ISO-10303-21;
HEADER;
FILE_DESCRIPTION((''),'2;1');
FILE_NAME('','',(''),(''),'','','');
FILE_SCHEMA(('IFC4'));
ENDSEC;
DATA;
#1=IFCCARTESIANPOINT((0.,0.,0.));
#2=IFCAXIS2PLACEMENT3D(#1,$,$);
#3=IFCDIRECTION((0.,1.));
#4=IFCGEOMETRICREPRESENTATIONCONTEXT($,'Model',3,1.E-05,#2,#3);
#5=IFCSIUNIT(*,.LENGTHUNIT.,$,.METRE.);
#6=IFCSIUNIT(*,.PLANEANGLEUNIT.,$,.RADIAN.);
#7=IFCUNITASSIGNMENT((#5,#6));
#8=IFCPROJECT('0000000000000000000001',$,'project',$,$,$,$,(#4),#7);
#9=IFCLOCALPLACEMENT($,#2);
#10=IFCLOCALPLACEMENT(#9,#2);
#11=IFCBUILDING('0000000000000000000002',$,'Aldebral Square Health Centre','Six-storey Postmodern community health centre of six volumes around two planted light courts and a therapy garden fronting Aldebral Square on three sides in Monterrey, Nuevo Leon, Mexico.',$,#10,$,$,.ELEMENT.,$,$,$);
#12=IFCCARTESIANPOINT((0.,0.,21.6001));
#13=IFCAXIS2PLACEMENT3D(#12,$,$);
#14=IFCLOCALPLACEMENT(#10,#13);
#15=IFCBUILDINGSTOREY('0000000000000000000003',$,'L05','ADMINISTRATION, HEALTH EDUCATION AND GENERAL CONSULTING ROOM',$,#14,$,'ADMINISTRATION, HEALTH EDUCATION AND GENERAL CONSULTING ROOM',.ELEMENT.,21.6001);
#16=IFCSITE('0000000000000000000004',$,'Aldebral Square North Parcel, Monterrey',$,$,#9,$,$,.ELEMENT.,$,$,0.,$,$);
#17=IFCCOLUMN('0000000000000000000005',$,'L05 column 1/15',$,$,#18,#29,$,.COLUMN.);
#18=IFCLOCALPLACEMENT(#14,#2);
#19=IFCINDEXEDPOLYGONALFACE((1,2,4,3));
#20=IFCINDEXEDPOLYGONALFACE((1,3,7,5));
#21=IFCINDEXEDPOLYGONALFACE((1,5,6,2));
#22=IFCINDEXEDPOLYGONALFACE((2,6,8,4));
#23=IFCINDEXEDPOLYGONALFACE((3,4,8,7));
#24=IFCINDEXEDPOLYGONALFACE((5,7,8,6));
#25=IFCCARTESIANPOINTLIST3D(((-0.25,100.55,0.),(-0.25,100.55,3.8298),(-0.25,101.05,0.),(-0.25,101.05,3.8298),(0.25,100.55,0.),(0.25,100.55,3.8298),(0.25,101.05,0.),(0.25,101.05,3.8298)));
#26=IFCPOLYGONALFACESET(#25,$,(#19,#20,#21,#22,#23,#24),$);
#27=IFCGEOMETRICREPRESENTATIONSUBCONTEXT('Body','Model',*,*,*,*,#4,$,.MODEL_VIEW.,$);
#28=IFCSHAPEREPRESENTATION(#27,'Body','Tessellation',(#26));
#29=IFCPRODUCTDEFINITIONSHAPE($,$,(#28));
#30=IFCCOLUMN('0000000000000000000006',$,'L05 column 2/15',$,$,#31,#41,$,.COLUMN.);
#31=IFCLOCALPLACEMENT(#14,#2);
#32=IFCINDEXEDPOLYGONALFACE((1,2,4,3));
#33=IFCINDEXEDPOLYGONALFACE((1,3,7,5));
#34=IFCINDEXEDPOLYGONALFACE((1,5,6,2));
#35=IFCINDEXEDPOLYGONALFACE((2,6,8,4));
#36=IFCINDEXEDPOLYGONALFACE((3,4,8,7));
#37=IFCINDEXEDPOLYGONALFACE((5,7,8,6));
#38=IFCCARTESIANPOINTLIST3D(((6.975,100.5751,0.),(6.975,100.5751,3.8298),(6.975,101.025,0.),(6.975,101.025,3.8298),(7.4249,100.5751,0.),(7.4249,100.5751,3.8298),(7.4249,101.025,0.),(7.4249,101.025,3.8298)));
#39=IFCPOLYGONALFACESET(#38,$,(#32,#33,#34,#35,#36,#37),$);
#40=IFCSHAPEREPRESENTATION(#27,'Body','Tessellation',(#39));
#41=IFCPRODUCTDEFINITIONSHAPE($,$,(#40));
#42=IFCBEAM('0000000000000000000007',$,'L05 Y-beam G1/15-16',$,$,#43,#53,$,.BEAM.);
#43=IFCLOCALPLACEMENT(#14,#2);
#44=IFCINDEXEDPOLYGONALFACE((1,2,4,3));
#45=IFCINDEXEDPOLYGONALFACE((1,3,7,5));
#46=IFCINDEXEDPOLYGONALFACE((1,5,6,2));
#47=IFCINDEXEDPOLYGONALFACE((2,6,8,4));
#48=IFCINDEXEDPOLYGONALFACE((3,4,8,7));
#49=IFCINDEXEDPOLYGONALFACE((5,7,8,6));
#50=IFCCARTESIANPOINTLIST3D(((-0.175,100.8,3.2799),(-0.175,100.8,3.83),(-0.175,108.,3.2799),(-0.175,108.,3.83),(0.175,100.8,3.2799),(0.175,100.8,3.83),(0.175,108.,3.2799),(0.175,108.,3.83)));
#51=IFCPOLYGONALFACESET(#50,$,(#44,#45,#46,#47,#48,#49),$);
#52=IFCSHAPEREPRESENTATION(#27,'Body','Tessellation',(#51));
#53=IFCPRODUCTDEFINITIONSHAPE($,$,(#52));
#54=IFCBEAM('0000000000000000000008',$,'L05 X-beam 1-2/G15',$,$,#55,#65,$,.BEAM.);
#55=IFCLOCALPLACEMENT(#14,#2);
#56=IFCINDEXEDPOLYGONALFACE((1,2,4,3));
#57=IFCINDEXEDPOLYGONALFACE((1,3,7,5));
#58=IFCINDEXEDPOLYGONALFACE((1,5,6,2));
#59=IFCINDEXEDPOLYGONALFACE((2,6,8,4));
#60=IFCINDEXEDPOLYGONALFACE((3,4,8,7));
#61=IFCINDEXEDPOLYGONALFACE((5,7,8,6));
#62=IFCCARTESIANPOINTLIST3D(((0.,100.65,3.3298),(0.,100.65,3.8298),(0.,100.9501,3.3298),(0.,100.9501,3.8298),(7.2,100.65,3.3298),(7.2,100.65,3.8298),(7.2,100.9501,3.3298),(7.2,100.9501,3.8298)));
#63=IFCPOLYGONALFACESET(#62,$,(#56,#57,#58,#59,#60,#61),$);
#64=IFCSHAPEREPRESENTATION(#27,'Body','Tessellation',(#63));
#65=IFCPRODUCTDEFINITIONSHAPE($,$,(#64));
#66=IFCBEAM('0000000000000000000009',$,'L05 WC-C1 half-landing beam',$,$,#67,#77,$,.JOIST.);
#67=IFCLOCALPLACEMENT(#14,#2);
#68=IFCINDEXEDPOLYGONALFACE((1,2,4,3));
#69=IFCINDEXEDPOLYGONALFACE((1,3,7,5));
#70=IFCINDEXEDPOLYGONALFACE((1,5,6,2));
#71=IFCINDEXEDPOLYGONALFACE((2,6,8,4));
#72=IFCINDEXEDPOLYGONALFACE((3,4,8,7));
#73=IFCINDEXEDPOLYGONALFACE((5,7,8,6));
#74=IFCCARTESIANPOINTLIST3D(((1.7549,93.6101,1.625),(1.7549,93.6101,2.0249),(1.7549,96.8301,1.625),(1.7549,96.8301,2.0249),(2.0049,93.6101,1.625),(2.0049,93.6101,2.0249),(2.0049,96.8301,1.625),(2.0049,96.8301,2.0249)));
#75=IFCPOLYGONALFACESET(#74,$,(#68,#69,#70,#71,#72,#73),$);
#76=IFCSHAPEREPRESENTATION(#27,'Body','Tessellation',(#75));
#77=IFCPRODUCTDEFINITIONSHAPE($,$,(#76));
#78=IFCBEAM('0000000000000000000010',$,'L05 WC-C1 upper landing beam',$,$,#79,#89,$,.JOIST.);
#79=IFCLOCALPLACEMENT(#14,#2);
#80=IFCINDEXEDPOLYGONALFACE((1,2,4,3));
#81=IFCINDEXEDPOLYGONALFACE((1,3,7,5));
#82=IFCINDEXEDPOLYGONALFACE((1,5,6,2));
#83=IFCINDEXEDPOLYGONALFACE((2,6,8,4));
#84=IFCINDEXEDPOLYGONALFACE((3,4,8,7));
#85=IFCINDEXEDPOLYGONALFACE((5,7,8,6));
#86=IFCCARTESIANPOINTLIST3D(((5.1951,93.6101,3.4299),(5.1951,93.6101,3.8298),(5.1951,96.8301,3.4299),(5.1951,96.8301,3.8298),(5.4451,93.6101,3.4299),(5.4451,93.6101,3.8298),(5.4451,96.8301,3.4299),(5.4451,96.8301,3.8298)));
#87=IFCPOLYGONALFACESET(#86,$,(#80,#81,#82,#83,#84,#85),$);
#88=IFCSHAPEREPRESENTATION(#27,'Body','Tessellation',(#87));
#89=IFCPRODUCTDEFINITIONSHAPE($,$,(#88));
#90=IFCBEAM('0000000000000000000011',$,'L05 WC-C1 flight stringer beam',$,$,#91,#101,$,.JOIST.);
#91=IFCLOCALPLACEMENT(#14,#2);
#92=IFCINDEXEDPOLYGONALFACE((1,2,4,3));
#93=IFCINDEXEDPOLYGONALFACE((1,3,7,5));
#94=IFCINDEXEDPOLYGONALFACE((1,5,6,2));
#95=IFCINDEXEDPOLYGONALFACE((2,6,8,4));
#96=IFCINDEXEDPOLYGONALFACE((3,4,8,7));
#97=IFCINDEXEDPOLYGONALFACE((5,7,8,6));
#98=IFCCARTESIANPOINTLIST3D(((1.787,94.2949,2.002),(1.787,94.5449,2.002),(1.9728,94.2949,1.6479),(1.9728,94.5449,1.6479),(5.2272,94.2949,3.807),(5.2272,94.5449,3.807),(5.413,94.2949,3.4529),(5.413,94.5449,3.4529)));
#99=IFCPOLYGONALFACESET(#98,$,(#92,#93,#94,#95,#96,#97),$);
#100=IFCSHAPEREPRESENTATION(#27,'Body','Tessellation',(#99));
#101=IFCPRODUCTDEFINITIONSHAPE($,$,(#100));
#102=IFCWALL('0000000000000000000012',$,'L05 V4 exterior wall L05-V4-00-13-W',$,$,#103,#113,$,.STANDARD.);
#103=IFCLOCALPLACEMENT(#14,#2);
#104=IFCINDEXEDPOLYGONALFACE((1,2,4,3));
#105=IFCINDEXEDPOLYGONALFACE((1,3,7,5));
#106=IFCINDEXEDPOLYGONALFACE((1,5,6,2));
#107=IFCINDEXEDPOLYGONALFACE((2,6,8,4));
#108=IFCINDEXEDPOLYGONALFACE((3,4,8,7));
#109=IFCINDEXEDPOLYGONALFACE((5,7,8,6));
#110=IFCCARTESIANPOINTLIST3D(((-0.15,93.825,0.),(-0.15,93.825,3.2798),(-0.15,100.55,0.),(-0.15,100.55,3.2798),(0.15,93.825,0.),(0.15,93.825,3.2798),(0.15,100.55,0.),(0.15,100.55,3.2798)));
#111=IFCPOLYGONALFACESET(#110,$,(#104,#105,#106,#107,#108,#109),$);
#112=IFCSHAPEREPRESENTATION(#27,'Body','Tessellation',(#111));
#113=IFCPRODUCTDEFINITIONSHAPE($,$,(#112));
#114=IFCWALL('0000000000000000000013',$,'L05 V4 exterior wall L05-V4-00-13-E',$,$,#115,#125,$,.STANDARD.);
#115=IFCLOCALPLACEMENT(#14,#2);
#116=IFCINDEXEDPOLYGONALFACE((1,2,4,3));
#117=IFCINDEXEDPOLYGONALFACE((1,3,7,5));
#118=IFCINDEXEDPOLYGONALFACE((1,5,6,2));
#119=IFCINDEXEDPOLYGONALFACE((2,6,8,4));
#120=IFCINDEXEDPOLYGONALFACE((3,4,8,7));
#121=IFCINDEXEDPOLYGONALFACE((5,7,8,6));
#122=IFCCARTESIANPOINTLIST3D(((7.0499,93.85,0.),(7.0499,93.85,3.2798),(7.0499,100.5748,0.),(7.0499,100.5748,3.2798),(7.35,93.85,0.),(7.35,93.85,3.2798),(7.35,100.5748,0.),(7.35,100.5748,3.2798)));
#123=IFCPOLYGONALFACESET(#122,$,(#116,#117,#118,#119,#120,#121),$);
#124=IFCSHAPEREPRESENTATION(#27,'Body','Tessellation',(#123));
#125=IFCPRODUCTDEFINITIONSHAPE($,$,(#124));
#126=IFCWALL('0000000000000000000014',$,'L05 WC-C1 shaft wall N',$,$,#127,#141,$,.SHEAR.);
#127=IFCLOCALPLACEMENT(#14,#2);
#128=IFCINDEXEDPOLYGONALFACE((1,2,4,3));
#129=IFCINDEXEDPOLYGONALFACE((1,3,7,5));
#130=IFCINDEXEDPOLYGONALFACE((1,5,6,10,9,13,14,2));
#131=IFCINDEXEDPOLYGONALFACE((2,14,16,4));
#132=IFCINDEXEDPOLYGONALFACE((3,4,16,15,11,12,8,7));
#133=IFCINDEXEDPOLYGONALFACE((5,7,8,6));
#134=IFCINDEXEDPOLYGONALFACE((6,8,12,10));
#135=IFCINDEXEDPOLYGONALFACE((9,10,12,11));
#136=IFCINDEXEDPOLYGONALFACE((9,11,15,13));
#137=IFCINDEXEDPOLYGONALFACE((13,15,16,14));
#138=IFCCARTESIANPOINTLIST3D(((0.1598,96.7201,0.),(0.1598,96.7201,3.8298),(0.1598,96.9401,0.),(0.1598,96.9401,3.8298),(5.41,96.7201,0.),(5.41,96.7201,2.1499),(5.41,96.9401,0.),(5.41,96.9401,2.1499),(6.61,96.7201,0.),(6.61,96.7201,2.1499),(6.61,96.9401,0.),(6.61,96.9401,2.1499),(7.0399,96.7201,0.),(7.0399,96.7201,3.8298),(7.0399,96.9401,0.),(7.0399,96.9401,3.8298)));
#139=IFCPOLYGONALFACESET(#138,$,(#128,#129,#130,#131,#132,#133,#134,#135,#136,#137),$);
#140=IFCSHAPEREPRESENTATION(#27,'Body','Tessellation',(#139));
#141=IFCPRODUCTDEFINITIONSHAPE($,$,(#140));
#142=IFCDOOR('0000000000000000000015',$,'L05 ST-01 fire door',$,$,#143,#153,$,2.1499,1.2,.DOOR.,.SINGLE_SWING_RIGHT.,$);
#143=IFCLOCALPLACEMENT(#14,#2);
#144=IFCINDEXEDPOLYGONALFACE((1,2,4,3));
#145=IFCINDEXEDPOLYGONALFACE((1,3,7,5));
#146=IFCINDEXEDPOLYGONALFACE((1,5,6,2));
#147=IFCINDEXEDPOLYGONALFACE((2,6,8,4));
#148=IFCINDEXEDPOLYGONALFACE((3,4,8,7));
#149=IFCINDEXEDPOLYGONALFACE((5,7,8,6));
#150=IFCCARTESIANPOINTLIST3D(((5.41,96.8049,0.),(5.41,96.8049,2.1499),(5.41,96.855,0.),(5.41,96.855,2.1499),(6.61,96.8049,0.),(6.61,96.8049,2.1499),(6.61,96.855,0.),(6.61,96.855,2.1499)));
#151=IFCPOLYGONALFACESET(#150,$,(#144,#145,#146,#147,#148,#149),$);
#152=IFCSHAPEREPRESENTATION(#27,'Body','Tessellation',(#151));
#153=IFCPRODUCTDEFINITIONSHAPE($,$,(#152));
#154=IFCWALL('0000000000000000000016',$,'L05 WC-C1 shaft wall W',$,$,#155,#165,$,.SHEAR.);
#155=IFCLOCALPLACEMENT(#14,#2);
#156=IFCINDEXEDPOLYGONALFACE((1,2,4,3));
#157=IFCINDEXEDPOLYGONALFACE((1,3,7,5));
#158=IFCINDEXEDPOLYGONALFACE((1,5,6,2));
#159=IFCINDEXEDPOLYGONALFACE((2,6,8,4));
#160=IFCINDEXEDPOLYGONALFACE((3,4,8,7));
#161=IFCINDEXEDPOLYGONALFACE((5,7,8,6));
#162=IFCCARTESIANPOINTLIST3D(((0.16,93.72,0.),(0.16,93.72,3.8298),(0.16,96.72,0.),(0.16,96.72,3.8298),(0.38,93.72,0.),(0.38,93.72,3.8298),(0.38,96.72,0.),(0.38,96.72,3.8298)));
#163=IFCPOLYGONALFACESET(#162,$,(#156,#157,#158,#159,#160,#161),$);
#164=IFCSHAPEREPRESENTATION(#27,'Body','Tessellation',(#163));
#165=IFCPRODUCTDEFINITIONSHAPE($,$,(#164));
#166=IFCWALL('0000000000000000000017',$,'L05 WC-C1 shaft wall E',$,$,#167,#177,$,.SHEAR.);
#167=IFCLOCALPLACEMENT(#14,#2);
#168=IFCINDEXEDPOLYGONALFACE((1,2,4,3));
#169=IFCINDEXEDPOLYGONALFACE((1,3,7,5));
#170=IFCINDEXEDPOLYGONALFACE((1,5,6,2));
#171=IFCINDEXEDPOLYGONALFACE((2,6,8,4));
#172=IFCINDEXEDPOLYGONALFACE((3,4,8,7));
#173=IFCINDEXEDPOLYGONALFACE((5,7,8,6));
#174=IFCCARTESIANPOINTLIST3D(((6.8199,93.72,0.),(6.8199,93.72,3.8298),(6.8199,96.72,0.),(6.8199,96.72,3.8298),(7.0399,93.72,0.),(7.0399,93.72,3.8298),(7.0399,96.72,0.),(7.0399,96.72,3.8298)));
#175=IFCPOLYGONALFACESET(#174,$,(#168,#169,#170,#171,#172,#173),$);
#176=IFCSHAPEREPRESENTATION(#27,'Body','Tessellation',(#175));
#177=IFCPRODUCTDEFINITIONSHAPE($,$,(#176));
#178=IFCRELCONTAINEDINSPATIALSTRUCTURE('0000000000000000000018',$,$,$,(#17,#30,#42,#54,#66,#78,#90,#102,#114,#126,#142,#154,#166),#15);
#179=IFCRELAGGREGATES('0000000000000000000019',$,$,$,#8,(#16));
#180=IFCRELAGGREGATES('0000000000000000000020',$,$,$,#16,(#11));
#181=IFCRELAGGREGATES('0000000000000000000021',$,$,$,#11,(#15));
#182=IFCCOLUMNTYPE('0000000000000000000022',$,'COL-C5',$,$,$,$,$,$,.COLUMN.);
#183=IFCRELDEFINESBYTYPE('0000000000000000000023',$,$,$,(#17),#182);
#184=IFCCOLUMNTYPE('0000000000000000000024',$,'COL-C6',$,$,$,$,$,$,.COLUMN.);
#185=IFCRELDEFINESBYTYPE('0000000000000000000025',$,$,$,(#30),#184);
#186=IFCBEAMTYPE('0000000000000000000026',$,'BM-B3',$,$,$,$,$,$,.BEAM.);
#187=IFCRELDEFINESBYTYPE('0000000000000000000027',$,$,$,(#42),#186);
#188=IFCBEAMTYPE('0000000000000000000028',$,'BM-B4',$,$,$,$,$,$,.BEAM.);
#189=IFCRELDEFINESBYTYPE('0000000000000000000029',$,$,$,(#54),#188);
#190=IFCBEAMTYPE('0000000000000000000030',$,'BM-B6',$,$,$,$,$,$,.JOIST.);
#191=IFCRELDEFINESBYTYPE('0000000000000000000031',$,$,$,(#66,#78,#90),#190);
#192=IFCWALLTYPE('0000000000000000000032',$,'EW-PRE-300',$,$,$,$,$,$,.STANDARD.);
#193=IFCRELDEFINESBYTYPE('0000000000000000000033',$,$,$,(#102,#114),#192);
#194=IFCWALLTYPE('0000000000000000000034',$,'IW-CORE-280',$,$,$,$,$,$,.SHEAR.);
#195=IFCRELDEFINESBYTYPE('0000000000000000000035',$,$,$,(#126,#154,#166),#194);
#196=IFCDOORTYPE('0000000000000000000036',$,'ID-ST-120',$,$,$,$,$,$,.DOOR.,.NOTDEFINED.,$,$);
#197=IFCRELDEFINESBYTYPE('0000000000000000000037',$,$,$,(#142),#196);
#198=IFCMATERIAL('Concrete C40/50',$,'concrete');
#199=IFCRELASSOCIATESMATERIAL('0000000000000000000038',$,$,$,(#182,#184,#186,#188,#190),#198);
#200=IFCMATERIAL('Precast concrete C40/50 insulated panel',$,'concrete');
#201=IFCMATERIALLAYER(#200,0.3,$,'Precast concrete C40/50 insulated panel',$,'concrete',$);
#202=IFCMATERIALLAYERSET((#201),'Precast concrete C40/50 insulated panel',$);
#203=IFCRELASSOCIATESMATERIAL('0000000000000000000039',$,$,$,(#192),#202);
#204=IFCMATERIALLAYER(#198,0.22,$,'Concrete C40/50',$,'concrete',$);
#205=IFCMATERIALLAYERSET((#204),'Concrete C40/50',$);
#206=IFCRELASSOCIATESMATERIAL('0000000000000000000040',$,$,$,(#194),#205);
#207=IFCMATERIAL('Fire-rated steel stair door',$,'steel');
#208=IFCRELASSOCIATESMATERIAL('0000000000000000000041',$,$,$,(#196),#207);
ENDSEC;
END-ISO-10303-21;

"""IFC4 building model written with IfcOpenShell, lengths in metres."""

from ifc_helpers import new_model, si_unit, direction, frame, frame_2d, origin, origin_2d, place, context, subcontext, project, spatial, rectangle, extrude, material, layer, layer_set, material_profile, profile_set, type_object, element, fill, save


model = new_model("IFC4")

# Units and contexts
model_context = context("Model", 3, precision=1e-05, world=origin(), true_north=direction((0.0, 1.0)))
body_context = subcontext(model_context, "Body", "Model", "MODEL_VIEW")
ifc_project = project(units=[si_unit("LENGTHUNIT", "METRE"), si_unit("PLANEANGLEUNIT", "RADIAN")], contexts=[model_context])

# Site, building, storey
site_placement = place(None, origin())
site = spatial("IfcSite", under=ifc_project, at=site_placement, Name="Aldebral Square North Parcel, Monterrey", CompositionType="ELEMENT", RefElevation=0.0)
building_placement = place(site_placement, origin())
building = spatial("IfcBuilding", under=site, at=building_placement, Name="Aldebral Square Health Centre", Description="Six-storey Postmodern community health centre of six volumes around two planted light courts and a therapy garden fronting Aldebral Square on three sides in Monterrey, Nuevo Leon, Mexico.", CompositionType="ELEMENT")
storey_placement = place(building_placement, frame((0.0, 0.0, 21.6001)))
storey = spatial("IfcBuildingStorey", under=building, at=storey_placement, Name="L05", Description="ADMINISTRATION, HEALTH EDUCATION AND GENERAL CONSULTING ROOM", LongName="ADMINISTRATION, HEALTH EDUCATION AND GENERAL CONSULTING ROOM", CompositionType="ELEMENT", Elevation=21.6001)

# Columns
ifc_material_1 = material(Name="Concrete C40/50", Category="concrete")
ifc_material_profile_1 = material_profile(ifc_material_1, rectangle(XDim=0.5, YDim=0.5, at=origin_2d()), Name="RC 500x500")
ifc_profile_set_1 = profile_set([ifc_material_profile_1], Name="Concrete C40/50")
column_type_1 = type_object("IfcColumnType", Name="COL-C5", PredefinedType="COLUMN", material=ifc_profile_set_1)
column_1_placement = place(storey_placement, frame((0.0, 100.8, 0.0), z_axis=(0.0, 0.0, 1.0), x_axis=(1.0, 0.0, 0.0)))
element("IfcColumn", 1, at=column_1_placement, inside=storey, type_object=column_type_1, Name="L05 column 1/15", PredefinedType="COLUMN", context=body_context, shape_type="SweptSolid", body=[
    extrude(rectangle(XDim=0.5, YDim=0.5, at=origin_2d()), origin(), (0.0, 0.0, 1.0), 3.8298),
])
ifc_material_profile_2 = material_profile(ifc_material_1, rectangle(XDim=0.45, YDim=0.45, at=origin_2d()), Name="RC 450x450")
ifc_profile_set_2 = profile_set([ifc_material_profile_2], Name="Concrete C40/50")
column_type_2 = type_object("IfcColumnType", Name="COL-C6", PredefinedType="COLUMN", material=ifc_profile_set_2)
column_2_placement = place(storey_placement, frame((7.2, 100.8, 0.0), z_axis=(0.0, 0.0, 1.0), x_axis=(1.0, 0.0, 0.0)))
element("IfcColumn", 2, at=column_2_placement, inside=storey, type_object=column_type_2, Name="L05 column 2/15", PredefinedType="COLUMN", context=body_context, shape_type="SweptSolid", body=[
    extrude(rectangle(XDim=0.45, YDim=0.45, at=origin_2d()), origin(), (0.0, 0.0, 1.0), 3.8298),
])

# Beams
ifc_material_profile_3 = material_profile(ifc_material_1, rectangle(XDim=0.3501, YDim=0.55, at=origin_2d()), Name="RC 350x550")
ifc_profile_set_3 = profile_set([ifc_material_profile_3], Name="Concrete C40/50")
beam_type_1 = type_object("IfcBeamType", Name="BM-B3", PredefinedType="BEAM", material=ifc_profile_set_3)
beam_1_placement = place(storey_placement, frame((0.0, 100.8, 3.5549), z_axis=(0.0, 1.0, 0.0), x_axis=(-1.0, 0.0, 0.0)))
element("IfcBeam", 3, at=beam_1_placement, inside=storey, type_object=beam_type_1, Name="L05 Y-beam G1/15-16", PredefinedType="BEAM", context=body_context, shape_type="SweptSolid", body=[
    extrude(rectangle(XDim=0.3501, YDim=0.55, at=origin_2d()), origin(), (0.0, 0.0, 1.0), 7.2),
])
ifc_material_profile_4 = material_profile(ifc_material_1, rectangle(XDim=0.3, YDim=0.5, at=origin_2d()), Name="RC 300x500")
ifc_profile_set_4 = profile_set([ifc_material_profile_4], Name="Concrete C40/50")
beam_type_2 = type_object("IfcBeamType", Name="BM-B4", PredefinedType="BEAM", material=ifc_profile_set_4)
beam_2_placement = place(storey_placement, frame((0.0, 100.8, 3.5798), z_axis=(1.0, 0.0, 0.0), x_axis=(0.0, 1.0, 0.0)))
element("IfcBeam", 4, at=beam_2_placement, inside=storey, type_object=beam_type_2, Name="L05 X-beam 1-2/G15", PredefinedType="BEAM", context=body_context, shape_type="SweptSolid", body=[
    extrude(rectangle(XDim=0.3, YDim=0.5, at=origin_2d()), origin(), (0.0, 0.0, 1.0), 7.2),
])
ifc_material_profile_5 = material_profile(ifc_material_1, rectangle(XDim=0.25, YDim=0.3999, at=origin_2d()), Name="RC 250x400")
ifc_profile_set_5 = profile_set([ifc_material_profile_5], Name="Concrete C40/50")
beam_type_3 = type_object("IfcBeamType", Name="BM-B6", PredefinedType="JOIST", material=ifc_profile_set_5)
for number, where, z_axis, x_axis, name in (
    (5, (1.8799, 93.6101, 1.825), (0.0, 1.0, 0.0), (-1.0, 0.0, 0.0), "L05 WC-C1 half-landing beam"),
    (6, (5.3201, 93.6101, 3.6299), (0.0, 1.0, 0.0), (-1.0, 0.0, 0.0), "L05 WC-C1 upper landing beam"),
):
    element("IfcBeam", number, at=place(storey_placement, frame(where, z_axis=z_axis, x_axis=x_axis)), inside=storey, type_object=beam_type_3, Name=name, PredefinedType="JOIST", context=body_context, shape_type="SweptSolid", body=[
        extrude(rectangle(XDim=0.25, YDim=0.3999, at=origin_2d()), origin(), (0.0, 0.0, 1.0), 3.22),
    ])
beam_3_placement = place(storey_placement, frame((1.8799, 94.4199, 1.825), z_axis=(0.885521, 0.0, 0.464599), x_axis=(0.0, 1.0, 0.0)))
element("IfcBeam", 7, at=beam_3_placement, inside=storey, type_object=beam_type_3, Name="L05 WC-C1 flight stringer beam", PredefinedType="JOIST", context=body_context, shape_type="SweptSolid", body=[
    extrude(rectangle(XDim=0.25, YDim=0.3999, at=origin_2d()), origin(), (0.0, 0.0, 1.0), 3.885),
])

# Walls
ifc_material_2 = material(Name="Precast concrete C40/50 insulated panel", Category="concrete")
ifc_layer_1 = layer(ifc_material_2, 0.3, Name="Precast concrete C40/50 insulated panel", Category="concrete")
ifc_layer_set_1 = layer_set([ifc_layer_1], Name="Precast concrete C40/50 insulated panel")
wall_type_1 = type_object("IfcWallType", Name="EW-PRE-300", PredefinedType="STANDARD", material=ifc_layer_set_1)
wall_1_placement = place(storey_placement, frame((0.0, 100.55, 0.0), z_axis=(0.0, 0.0, 1.0), x_axis=(0.0, -1.0, 0.0)))
element("IfcWall", 8, at=wall_1_placement, inside=storey, type_object=wall_type_1, Name="L05 V4 exterior wall L05-V4-00-13-W", PredefinedType="STANDARD", context=body_context, shape_type="SweptSolid", body=[
    extrude(rectangle(XDim=6.7251, YDim=0.3, at=frame_2d((3.3625, 0.0))), origin(), (0.0, 0.0, 1.0), 3.2798),
])
wall_2_placement = place(storey_placement, frame((7.2, 93.8501, 0.0), z_axis=(0.0, 0.0, 1.0), x_axis=(0.0, 1.0, 0.0)))
element("IfcWall", 9, at=wall_2_placement, inside=storey, type_object=wall_type_1, Name="L05 V4 exterior wall L05-V4-00-13-E", PredefinedType="STANDARD", context=body_context, shape_type="SweptSolid", body=[
    extrude(rectangle(XDim=6.7249, YDim=0.3, at=frame_2d((3.3623, 0.0))), origin(), (0.0, 0.0, 1.0), 3.2798),
])

# Wall, opening, door
ifc_layer_2 = layer(ifc_material_1, 0.22, Name="Concrete C40/50", Category="concrete")
ifc_layer_set_2 = layer_set([ifc_layer_2], Name="Concrete C40/50")
wall_type_2 = type_object("IfcWallType", Name="IW-CORE-280", PredefinedType="SHEAR", material=ifc_layer_set_2)
wall_3_placement = place(storey_placement, frame((0.1599, 96.8301, 0.0), z_axis=(0.0, 0.0, 1.0), x_axis=(1.0, 0.0, 0.0)))
wall_3 = element("IfcWall", 10, at=wall_3_placement, inside=storey, type_object=wall_type_2, Name="L05 WC-C1 shaft wall N", PredefinedType="SHEAR", context=body_context, shape_type="SweptSolid", body=[
    extrude(rectangle(XDim=6.8801, YDim=0.22, at=frame_2d((3.4399, 0.0))), origin(), (0.0, 0.0, 1.0), 3.8298),
])
opening_1_placement = place(wall_3_placement, frame((5.25, 0.0, 0.0)))
opening_1 = element("IfcOpeningElement", 11, at=opening_1_placement, cuts=wall_3, PredefinedType="OPENING", context=body_context, shape_type="SweptSolid", body=[
    extrude(rectangle(XDim=1.2, YDim=2.1499, at=frame_2d((0.6001, 1.075))), frame((0.0, 0.1201, 0.0), z_axis=(0.0, -1.0, 0.0), x_axis=(1.0, 0.0, 0.0)), (0.0, 0.0, 1.0), 0.24),
])
ifc_material_3 = material(Name="Fire-rated steel stair door", Category="steel")
door_type_1 = type_object("IfcDoorType", Name="ID-ST-120", OperationType="NOTDEFINED", PredefinedType="DOOR", material=ifc_material_3)
door_1_placement = place(opening_1_placement, origin())
door_1 = element("IfcDoor", 12, at=door_1_placement, inside=storey, type_object=door_type_1, Name="L05 ST-01 fire door", OperationType="SINGLE_SWING_RIGHT", OverallHeight=2.1499, OverallWidth=1.2, PredefinedType="DOOR", context=body_context, shape_type="SweptSolid", body=[
    extrude(rectangle(XDim=1.2, YDim=2.1499, at=frame_2d((0.6001, 1.075))), frame((0.0, 0.0249, 0.0), z_axis=(0.0, -1.0, 0.0), x_axis=(1.0, 0.0, 0.0)), (0.0, 0.0, 1.0), 0.05),
])
fill(opening_1, door_1)

# Walls
for number, where, z_axis, x_axis, name in (
    (13, (0.27, 93.72, 0.0), (0.0, 0.0, 1.0), (0.0, 1.0, 0.0), "L05 WC-C1 shaft wall W"),
    (14, (6.9299, 93.72, 0.0), (0.0, 0.0, 1.0), (0.0, 1.0, 0.0), "L05 WC-C1 shaft wall E"),
):
    element("IfcWall", number, at=place(storey_placement, frame(where, z_axis=z_axis, x_axis=x_axis)), inside=storey, type_object=wall_type_2, Name=name, PredefinedType="SHEAR", context=body_context, shape_type="SweptSolid", body=[
        extrude(rectangle(XDim=3.0, YDim=0.22, at=frame_2d((1.5, 0.0))), origin(), (0.0, 0.0, 1.0), 3.8298),
    ])

save(model, "model.ifc")
